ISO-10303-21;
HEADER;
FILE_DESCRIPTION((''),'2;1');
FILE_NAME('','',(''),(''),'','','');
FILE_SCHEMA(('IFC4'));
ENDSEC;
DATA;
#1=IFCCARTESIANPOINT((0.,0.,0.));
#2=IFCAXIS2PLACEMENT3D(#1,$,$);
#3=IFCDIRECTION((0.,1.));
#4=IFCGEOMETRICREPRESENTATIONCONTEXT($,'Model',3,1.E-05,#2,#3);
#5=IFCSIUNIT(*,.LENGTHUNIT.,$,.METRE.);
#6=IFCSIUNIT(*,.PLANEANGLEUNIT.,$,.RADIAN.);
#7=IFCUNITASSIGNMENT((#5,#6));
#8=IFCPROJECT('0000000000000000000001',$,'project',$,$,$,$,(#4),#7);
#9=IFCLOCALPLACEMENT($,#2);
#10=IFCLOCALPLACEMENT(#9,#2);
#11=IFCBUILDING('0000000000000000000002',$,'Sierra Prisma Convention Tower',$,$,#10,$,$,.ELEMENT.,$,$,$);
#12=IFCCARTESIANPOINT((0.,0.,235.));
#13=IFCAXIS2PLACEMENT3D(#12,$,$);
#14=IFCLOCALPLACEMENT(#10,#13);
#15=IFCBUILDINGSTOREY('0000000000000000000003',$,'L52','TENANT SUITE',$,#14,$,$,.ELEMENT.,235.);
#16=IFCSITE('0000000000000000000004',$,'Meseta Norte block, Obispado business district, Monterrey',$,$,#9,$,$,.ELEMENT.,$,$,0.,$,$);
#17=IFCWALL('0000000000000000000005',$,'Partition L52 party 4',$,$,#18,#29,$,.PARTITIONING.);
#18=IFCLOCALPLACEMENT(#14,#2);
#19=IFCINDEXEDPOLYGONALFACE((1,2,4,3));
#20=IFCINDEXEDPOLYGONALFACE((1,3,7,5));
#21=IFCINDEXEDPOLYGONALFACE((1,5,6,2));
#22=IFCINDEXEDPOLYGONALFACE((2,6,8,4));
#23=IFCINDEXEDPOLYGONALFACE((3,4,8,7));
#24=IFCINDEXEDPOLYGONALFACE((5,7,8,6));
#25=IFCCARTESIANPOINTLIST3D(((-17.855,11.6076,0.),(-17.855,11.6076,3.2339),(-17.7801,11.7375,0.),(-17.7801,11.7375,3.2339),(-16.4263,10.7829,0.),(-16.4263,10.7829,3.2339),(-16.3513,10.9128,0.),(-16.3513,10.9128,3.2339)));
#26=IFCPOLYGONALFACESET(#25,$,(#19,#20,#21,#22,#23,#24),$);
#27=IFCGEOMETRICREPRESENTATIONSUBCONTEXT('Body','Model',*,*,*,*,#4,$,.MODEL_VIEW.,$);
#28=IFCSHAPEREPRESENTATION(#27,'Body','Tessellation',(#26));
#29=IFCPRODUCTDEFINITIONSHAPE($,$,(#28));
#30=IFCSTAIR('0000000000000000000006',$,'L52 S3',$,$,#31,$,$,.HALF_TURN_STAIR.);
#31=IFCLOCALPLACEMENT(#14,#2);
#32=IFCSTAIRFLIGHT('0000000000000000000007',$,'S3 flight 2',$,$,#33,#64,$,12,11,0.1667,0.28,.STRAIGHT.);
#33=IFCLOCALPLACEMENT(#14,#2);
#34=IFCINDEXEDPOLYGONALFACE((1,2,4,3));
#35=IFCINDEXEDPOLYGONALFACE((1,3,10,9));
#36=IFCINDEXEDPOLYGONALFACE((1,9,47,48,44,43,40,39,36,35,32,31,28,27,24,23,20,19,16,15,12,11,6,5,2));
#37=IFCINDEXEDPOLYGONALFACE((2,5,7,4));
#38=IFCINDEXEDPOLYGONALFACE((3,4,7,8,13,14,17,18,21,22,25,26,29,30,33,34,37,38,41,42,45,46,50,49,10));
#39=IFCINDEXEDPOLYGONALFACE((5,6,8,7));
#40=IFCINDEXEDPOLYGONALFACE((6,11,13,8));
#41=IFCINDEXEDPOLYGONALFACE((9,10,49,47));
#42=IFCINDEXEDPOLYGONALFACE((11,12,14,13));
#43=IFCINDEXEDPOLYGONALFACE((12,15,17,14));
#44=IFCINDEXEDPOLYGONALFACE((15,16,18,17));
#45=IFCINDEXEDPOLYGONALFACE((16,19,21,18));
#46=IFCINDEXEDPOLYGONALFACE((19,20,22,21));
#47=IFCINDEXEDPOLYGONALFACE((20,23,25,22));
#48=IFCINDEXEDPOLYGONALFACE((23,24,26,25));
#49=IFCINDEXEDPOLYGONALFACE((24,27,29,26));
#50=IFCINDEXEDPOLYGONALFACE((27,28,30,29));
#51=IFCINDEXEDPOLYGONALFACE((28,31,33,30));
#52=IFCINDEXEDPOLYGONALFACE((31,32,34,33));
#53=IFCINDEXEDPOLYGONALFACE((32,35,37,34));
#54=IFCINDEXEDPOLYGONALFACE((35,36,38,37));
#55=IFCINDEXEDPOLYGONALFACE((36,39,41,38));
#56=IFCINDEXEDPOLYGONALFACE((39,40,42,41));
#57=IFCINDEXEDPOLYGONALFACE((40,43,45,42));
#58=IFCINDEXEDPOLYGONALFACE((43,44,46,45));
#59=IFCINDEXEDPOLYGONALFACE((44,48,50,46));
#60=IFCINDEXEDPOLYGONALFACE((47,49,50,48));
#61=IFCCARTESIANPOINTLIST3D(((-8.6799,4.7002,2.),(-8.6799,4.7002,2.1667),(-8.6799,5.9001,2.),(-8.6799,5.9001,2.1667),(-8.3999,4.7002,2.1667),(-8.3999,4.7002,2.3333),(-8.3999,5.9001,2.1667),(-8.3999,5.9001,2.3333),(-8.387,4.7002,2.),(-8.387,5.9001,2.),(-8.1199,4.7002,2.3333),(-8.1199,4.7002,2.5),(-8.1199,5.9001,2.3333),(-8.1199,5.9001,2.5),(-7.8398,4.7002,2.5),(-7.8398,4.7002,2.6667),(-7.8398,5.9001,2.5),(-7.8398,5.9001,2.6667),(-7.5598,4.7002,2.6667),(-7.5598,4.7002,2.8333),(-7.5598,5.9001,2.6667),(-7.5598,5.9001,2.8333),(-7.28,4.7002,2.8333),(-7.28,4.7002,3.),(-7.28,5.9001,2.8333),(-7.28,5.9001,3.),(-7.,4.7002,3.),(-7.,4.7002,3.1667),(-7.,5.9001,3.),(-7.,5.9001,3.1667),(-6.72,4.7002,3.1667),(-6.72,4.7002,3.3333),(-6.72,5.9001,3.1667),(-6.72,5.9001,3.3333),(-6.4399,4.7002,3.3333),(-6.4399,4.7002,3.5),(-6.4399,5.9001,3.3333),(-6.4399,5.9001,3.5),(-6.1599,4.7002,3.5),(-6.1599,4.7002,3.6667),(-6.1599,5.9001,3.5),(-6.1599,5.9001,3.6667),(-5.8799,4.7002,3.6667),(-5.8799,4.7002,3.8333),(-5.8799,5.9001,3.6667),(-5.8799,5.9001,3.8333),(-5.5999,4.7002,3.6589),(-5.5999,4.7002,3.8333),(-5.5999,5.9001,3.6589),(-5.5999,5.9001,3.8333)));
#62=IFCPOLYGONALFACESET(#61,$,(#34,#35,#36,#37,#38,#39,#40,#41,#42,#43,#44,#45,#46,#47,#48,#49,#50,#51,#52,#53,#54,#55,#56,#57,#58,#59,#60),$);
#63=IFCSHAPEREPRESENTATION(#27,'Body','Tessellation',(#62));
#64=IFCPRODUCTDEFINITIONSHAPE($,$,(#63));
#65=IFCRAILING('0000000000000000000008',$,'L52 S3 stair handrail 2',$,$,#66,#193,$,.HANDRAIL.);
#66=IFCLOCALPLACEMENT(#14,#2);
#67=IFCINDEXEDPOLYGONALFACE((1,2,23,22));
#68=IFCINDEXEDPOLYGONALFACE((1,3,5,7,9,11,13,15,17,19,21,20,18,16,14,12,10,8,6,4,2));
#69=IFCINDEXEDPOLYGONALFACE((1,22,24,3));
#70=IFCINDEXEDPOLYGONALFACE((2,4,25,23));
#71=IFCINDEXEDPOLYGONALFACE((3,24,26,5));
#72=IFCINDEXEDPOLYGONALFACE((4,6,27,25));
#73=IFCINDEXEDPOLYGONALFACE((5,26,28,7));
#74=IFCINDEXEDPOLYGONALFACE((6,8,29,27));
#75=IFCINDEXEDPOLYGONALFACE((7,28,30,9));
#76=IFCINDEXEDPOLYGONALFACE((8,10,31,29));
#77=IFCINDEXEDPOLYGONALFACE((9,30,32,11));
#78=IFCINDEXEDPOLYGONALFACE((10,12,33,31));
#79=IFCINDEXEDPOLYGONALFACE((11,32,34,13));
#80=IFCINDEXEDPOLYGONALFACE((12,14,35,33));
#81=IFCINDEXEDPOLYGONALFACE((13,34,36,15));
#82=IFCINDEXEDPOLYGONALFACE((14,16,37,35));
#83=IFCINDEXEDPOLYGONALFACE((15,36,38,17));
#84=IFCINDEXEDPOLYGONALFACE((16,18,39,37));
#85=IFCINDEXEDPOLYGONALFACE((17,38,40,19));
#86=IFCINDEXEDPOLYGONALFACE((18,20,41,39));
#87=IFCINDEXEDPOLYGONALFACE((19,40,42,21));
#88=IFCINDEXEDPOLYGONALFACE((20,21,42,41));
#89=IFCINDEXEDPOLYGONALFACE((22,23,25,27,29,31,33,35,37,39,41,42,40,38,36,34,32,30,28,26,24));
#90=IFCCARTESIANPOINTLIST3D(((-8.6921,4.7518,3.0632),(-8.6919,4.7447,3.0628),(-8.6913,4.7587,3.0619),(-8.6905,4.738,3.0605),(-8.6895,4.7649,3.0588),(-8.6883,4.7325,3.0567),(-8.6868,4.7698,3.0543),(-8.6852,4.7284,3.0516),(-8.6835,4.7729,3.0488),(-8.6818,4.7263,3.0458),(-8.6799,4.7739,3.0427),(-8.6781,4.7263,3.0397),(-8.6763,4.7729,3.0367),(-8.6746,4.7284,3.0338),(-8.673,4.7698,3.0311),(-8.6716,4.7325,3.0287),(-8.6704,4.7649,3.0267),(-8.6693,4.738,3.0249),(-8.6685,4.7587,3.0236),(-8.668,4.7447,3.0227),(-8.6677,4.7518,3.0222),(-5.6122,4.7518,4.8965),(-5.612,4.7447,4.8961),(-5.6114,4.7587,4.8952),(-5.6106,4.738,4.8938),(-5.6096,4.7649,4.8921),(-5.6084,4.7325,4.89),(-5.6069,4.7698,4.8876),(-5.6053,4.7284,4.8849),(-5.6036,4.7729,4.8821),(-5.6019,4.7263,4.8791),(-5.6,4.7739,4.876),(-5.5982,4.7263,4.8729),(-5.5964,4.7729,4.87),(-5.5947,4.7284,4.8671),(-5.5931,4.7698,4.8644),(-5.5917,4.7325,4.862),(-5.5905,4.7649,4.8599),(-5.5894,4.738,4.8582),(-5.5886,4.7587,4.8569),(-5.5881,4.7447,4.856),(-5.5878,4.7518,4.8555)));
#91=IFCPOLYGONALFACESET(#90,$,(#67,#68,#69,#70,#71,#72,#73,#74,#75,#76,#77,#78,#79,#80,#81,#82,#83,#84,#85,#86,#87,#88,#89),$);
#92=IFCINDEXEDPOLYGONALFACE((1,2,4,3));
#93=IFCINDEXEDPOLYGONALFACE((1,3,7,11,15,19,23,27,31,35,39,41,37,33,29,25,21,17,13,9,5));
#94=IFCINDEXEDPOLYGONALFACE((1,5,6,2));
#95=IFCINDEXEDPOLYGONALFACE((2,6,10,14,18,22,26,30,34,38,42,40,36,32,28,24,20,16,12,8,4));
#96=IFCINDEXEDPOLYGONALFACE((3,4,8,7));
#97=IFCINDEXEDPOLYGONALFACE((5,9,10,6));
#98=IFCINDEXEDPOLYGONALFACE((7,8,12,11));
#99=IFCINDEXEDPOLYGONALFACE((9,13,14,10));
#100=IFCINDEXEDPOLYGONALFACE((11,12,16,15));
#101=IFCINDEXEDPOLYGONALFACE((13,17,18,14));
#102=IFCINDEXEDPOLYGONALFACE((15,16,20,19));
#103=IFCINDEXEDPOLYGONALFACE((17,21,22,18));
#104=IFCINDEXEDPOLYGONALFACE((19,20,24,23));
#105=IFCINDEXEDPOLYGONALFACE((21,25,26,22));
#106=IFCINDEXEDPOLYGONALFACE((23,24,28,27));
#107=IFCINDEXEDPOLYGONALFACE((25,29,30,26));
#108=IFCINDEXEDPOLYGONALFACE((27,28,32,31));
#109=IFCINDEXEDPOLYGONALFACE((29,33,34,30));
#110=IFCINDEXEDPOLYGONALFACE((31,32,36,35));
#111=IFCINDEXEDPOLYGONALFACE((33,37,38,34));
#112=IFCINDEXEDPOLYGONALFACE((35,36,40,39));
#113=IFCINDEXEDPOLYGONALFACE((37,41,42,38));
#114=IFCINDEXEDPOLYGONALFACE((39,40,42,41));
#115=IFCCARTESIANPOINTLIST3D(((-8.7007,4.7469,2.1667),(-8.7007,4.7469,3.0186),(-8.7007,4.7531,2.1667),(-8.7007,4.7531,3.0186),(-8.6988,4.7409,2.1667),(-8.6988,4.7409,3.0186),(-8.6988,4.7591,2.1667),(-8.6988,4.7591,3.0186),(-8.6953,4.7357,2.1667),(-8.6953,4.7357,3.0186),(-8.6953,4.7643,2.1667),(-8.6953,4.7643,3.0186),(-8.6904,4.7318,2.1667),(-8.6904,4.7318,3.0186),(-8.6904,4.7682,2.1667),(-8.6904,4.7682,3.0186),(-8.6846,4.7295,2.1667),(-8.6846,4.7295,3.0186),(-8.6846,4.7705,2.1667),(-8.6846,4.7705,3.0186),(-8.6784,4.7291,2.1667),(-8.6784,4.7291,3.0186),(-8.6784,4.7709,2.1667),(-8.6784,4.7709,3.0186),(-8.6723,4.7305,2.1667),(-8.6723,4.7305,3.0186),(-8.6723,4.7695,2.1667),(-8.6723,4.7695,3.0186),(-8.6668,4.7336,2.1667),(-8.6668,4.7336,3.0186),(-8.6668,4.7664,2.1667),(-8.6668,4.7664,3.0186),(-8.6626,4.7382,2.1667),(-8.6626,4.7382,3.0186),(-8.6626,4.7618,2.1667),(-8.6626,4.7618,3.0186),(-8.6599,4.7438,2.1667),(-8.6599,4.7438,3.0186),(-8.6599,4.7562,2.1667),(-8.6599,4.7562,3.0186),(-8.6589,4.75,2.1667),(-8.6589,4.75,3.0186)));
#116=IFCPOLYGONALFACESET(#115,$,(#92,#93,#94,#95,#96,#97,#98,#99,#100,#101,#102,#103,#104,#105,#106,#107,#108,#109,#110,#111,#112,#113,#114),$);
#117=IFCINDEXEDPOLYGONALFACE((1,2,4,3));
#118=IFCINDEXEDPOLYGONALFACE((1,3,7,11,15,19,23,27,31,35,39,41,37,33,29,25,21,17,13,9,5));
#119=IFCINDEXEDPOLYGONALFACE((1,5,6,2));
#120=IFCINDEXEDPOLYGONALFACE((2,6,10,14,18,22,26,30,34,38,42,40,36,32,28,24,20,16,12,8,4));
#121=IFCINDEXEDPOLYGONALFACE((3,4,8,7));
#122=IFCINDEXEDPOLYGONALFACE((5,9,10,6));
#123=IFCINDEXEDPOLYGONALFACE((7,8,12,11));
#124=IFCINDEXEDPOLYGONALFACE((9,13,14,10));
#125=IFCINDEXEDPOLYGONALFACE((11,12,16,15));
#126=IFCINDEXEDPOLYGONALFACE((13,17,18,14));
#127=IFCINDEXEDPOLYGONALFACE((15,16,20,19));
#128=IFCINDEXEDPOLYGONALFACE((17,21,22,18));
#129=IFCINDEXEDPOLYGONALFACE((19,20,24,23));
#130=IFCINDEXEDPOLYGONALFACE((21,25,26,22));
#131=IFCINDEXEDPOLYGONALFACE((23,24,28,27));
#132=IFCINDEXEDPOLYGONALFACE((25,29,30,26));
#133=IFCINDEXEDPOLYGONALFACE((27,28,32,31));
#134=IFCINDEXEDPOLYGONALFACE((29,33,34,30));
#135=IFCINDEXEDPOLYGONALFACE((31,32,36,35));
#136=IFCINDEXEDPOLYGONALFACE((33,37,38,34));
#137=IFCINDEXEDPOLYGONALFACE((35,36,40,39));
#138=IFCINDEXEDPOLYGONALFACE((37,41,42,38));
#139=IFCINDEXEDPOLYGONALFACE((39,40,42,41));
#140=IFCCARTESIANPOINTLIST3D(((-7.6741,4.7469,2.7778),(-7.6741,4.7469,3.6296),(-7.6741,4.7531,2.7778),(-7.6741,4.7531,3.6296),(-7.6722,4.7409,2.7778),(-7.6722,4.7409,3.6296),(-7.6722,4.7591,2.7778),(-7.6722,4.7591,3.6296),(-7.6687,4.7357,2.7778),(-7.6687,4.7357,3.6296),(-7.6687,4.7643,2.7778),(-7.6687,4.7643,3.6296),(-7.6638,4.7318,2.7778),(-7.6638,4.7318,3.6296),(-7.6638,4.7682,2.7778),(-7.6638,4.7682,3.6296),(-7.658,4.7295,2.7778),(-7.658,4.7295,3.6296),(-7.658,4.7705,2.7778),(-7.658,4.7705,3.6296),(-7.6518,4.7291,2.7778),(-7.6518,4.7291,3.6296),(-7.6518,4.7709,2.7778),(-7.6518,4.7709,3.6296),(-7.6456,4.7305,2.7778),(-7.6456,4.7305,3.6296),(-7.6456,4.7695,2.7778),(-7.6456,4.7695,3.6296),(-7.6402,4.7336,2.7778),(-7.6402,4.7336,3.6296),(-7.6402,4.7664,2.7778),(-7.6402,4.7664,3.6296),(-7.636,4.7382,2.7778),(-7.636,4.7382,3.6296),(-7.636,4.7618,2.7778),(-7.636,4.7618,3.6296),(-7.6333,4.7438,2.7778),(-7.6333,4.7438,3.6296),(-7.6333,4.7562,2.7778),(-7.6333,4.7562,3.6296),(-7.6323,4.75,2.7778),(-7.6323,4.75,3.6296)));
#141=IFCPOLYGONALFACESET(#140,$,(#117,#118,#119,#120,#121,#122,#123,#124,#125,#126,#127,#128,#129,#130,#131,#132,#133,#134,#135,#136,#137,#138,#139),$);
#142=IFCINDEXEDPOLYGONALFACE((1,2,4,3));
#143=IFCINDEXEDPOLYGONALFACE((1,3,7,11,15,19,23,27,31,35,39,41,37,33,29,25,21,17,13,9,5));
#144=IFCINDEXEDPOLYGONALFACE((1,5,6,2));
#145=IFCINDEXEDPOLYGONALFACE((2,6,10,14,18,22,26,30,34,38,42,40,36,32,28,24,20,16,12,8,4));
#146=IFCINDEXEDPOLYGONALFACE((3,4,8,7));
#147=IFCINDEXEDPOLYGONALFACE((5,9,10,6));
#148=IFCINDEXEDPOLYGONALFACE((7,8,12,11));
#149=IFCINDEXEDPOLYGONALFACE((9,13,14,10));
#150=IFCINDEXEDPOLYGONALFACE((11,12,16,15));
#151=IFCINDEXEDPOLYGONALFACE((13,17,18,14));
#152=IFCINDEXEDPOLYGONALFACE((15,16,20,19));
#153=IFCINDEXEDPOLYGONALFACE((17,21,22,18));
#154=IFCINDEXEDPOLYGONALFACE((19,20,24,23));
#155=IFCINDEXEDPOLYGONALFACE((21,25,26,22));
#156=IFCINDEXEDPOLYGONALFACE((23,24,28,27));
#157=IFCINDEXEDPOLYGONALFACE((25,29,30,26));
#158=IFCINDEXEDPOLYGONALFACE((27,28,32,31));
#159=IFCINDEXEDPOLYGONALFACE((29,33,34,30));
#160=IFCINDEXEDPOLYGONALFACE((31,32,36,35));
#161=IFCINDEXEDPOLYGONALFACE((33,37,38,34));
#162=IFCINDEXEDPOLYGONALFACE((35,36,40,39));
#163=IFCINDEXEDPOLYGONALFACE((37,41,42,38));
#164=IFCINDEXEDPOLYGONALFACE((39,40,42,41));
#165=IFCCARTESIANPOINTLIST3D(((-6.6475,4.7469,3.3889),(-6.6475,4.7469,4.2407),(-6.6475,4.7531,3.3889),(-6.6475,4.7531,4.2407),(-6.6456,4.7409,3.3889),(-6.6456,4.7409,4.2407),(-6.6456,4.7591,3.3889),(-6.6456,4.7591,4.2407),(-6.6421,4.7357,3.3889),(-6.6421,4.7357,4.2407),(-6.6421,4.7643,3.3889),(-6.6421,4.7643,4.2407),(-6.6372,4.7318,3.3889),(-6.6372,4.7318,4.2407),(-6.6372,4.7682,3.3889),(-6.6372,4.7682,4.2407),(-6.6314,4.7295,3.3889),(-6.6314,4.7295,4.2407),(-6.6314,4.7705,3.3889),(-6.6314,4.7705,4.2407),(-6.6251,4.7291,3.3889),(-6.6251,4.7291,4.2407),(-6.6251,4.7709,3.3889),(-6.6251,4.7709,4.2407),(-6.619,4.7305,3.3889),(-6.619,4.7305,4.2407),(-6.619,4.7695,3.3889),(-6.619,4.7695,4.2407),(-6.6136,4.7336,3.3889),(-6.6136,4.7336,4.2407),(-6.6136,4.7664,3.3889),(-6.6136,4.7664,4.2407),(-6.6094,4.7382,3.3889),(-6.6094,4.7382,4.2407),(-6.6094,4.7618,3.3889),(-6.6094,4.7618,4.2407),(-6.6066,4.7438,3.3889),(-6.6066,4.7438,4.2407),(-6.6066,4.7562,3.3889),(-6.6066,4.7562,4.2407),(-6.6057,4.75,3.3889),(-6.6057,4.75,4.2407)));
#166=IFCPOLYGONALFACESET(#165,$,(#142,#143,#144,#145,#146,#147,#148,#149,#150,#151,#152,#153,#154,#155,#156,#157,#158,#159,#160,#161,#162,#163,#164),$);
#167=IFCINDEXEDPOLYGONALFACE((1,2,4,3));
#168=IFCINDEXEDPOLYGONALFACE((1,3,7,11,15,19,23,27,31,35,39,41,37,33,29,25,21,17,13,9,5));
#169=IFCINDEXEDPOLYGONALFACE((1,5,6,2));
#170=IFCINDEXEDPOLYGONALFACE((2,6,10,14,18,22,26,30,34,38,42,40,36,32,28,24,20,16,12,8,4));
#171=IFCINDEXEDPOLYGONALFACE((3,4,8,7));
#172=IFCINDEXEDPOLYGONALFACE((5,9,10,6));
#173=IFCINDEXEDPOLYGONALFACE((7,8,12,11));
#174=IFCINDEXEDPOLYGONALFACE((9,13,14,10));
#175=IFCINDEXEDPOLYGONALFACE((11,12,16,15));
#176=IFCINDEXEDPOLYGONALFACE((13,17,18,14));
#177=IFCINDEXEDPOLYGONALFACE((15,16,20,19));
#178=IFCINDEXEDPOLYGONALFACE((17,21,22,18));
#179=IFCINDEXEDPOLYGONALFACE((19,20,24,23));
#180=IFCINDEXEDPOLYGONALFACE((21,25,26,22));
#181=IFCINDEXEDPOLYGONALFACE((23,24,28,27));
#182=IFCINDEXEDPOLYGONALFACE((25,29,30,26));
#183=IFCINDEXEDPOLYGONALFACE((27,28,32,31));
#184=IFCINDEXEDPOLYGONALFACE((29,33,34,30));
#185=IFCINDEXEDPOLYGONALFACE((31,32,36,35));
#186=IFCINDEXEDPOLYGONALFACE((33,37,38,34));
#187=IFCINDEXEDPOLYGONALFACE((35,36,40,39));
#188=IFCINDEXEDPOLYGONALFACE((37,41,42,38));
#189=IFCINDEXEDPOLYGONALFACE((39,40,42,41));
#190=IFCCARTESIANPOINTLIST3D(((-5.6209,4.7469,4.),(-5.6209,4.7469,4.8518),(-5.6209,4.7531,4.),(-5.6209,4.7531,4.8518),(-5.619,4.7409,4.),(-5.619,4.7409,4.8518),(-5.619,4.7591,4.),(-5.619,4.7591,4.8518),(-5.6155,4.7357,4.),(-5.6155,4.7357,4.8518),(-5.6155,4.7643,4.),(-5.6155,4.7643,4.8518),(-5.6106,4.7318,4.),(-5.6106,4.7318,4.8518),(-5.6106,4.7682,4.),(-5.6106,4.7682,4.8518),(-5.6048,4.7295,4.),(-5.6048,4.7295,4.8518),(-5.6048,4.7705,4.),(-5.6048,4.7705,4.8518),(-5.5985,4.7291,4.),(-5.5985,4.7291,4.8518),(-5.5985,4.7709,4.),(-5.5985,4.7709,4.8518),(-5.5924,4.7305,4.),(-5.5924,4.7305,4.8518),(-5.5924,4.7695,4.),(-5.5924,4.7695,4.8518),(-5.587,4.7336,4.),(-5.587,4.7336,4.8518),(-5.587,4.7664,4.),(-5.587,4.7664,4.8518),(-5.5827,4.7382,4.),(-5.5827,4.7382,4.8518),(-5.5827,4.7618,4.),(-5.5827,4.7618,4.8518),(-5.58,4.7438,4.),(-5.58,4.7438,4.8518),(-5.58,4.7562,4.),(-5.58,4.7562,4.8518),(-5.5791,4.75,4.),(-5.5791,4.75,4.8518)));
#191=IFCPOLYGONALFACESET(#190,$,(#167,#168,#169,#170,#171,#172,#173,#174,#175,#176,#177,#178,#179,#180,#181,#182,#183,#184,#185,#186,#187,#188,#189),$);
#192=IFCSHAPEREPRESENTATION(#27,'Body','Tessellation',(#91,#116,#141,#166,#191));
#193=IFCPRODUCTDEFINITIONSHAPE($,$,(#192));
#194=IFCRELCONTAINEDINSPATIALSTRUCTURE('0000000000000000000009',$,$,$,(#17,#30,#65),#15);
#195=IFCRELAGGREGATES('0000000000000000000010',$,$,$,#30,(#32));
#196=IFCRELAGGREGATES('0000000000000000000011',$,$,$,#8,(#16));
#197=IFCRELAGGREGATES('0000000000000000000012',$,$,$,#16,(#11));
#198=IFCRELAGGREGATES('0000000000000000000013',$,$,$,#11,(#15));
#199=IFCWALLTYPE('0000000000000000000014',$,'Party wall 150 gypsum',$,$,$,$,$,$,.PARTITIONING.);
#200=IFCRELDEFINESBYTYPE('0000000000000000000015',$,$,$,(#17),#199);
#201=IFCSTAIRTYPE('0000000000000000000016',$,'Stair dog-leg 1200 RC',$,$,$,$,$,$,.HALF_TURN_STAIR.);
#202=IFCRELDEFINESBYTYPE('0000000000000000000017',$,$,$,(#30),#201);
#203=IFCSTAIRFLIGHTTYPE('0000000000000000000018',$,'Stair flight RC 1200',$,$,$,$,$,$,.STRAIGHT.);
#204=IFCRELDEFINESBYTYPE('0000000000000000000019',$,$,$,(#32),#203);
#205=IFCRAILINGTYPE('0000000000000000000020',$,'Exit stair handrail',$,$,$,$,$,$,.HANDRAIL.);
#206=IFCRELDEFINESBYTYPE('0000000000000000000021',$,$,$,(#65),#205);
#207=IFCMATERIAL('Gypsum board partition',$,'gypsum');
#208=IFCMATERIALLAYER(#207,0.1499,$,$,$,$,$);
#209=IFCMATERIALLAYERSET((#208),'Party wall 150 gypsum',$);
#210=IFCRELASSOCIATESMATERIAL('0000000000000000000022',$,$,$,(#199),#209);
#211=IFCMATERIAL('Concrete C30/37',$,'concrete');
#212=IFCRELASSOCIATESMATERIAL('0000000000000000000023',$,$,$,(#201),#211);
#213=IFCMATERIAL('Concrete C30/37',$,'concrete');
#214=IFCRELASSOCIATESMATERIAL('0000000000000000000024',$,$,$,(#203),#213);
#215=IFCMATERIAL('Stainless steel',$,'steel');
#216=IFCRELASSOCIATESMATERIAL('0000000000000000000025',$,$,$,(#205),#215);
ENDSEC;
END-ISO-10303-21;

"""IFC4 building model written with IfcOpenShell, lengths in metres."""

from ifc_helpers import new_model, si_unit, direction, frame, frame_2d, origin, origin_2d, place, context, subcontext, project, spatial, polyline, rectangle, circle, outline, extrude, material, layer, layer_set, type_object, element, aggregate, save


model = new_model("IFC4")

# Units and contexts
model_context = context("Model", 3, precision=1e-05, world=origin(), true_north=direction((0.0, 1.0)))
body_context = subcontext(model_context, "Body", "Model", "MODEL_VIEW")
ifc_project = project(units=[si_unit("LENGTHUNIT", "METRE"), si_unit("PLANEANGLEUNIT", "RADIAN")], contexts=[model_context])

# Site, building, storey
site_placement = place(None, origin())
site = spatial("IfcSite", under=ifc_project, at=site_placement, Name="Meseta Norte block, Obispado business district, Monterrey", CompositionType="ELEMENT", RefElevation=0.0)
building_placement = place(site_placement, origin())
building = spatial("IfcBuilding", under=site, at=building_placement, Name="Sierra Prisma Convention Tower", CompositionType="ELEMENT")
storey_placement = place(building_placement, frame((0.0, 0.0, 235.0)))
storey = spatial("IfcBuildingStorey", under=building, at=storey_placement, Name="L52", Description="TENANT SUITE", CompositionType="ELEMENT", Elevation=235.0)

# Wall
ifc_material_1 = material(Name="Gypsum board partition", Category="gypsum")
ifc_layer_1 = layer(ifc_material_1, 0.1499)
ifc_layer_set_1 = layer_set([ifc_layer_1], Name="Party wall 150 gypsum")
wall_type_1 = type_object("IfcWallType", Name="Party wall 150 gypsum", PredefinedType="PARTITIONING", material=ifc_layer_set_1)
wall_1_placement = place(storey_placement, frame((-16.3889, 10.8479, 0.0), z_axis=(0.0, 0.0, 1.0), x_axis=(-0.866067, 0.499927, 0.0)))
element("IfcWall", 1, at=wall_1_placement, inside=storey, type_object=wall_type_1, Name="Partition L52 party 4", PredefinedType="PARTITIONING", context=body_context, shape_type="SweptSolid", body=[
    extrude(rectangle(XDim=1.6497, YDim=0.1499, at=frame_2d((0.8247, 0.0))), origin(), (0.0, 0.0, 1.0), 3.2339),
])

# Stair, stair flight
ifc_material_2 = material(Name="Concrete C30/37", Category="concrete")
stair_type = type_object("IfcStairType", Name="Stair dog-leg 1200 RC", PredefinedType="HALF_TURN_STAIR", material=ifc_material_2)
stair_placement = place(storey_placement, origin())
stair = element("IfcStair", 2, at=stair_placement, inside=storey, type_object=stair_type, Name="L52 S3", PredefinedType="HALF_TURN_STAIR")
ifc_material_3 = material(Name="Concrete C30/37", Category="concrete")
stair_flight_type = type_object("IfcStairFlightType", Name="Stair flight RC 1200", PredefinedType="STRAIGHT", material=ifc_material_3)
stair_flight_placement = place(storey_placement, frame((-8.6799, 5.3, 2.0), z_axis=(0.0, 0.0, 1.0), x_axis=(1.0, 0.0, 0.0)))
stair_flight = element("IfcStairFlight", 3, at=stair_flight_placement, type_object=stair_flight_type, Name="S3 flight 2", NumberOfRisers=12, NumberOfTreads=11, PredefinedType="STRAIGHT", RiserHeight=0.1667, TreadLength=0.28, context=body_context, shape_type="SweptSolid", body=[
    extrude(outline(polyline([(0.0, 0.0), (0.0, 0.1667), (0.28, 0.1667), (0.28, 0.3333), (0.5601, 0.3333), (0.5601, 0.5), (0.8401, 0.5), (0.8401, 0.6667), (1.1201, 0.6667), (1.1201, 0.8333), (1.3999, 0.8333), (1.3999, 1.0), (1.6799, 1.0), (1.6799, 1.1667), (1.96, 1.1667), (1.96, 1.3333), (2.24, 1.3333), (2.24, 1.5), (2.52, 1.5), (2.52, 1.6667), (2.8, 1.6667), (2.8, 1.8333), (3.0801, 1.8333), (3.0801, 2.0), (3.0801, 1.6589), (0.293, 0.0), (0.0, 0.0)])), frame((0.0, 0.6001, 0.0), z_axis=(0.0, -1.0, 0.0), x_axis=(1.0, 0.0, 0.0)), (0.0, 0.0, 1.0), 1.2),
])
aggregate(stair, [stair_flight])

# Railing
ifc_material_4 = material(Name="Stainless steel", Category="steel")
railing_type_1 = type_object("IfcRailingType", Name="Exit stair handrail", PredefinedType="HANDRAIL", material=ifc_material_4)
railing_1_placement = place(storey_placement, frame((-8.6799, 4.75, 2.1667)))
element("IfcRailing", 4, at=railing_1_placement, inside=storey, type_object=railing_type_1, Name="L52 S3 stair handrail 2", PredefinedType="HANDRAIL", context=body_context, shape_type="SweptSolid", body=[
    extrude(circle(Radius=0.0239, at=origin_2d()), frame((0.0, 0.0, 0.876), z_axis=(0.859291, 0.0, 0.511487), x_axis=(0.0, 1.0, 0.0)), (0.0, 0.0, 1.0), 3.5842),
    extrude(circle(Radius=0.021, at=origin_2d()), origin(), (0.0, 0.0, 1.0), 0.8518),
    extrude(circle(Radius=0.021, at=origin_2d()), frame((1.0266, 0.0, 0.6111)), (0.0, 0.0, 1.0), 0.8518),
    extrude(circle(Radius=0.021, at=origin_2d()), frame((2.0532, 0.0, 1.2222)), (0.0, 0.0, 1.0), 0.8518),
    extrude(circle(Radius=0.021, at=origin_2d()), frame((3.0798, 0.0, 1.8333)), (0.0, 0.0, 1.0), 0.8518),
])

save(model, "model.ifc")
